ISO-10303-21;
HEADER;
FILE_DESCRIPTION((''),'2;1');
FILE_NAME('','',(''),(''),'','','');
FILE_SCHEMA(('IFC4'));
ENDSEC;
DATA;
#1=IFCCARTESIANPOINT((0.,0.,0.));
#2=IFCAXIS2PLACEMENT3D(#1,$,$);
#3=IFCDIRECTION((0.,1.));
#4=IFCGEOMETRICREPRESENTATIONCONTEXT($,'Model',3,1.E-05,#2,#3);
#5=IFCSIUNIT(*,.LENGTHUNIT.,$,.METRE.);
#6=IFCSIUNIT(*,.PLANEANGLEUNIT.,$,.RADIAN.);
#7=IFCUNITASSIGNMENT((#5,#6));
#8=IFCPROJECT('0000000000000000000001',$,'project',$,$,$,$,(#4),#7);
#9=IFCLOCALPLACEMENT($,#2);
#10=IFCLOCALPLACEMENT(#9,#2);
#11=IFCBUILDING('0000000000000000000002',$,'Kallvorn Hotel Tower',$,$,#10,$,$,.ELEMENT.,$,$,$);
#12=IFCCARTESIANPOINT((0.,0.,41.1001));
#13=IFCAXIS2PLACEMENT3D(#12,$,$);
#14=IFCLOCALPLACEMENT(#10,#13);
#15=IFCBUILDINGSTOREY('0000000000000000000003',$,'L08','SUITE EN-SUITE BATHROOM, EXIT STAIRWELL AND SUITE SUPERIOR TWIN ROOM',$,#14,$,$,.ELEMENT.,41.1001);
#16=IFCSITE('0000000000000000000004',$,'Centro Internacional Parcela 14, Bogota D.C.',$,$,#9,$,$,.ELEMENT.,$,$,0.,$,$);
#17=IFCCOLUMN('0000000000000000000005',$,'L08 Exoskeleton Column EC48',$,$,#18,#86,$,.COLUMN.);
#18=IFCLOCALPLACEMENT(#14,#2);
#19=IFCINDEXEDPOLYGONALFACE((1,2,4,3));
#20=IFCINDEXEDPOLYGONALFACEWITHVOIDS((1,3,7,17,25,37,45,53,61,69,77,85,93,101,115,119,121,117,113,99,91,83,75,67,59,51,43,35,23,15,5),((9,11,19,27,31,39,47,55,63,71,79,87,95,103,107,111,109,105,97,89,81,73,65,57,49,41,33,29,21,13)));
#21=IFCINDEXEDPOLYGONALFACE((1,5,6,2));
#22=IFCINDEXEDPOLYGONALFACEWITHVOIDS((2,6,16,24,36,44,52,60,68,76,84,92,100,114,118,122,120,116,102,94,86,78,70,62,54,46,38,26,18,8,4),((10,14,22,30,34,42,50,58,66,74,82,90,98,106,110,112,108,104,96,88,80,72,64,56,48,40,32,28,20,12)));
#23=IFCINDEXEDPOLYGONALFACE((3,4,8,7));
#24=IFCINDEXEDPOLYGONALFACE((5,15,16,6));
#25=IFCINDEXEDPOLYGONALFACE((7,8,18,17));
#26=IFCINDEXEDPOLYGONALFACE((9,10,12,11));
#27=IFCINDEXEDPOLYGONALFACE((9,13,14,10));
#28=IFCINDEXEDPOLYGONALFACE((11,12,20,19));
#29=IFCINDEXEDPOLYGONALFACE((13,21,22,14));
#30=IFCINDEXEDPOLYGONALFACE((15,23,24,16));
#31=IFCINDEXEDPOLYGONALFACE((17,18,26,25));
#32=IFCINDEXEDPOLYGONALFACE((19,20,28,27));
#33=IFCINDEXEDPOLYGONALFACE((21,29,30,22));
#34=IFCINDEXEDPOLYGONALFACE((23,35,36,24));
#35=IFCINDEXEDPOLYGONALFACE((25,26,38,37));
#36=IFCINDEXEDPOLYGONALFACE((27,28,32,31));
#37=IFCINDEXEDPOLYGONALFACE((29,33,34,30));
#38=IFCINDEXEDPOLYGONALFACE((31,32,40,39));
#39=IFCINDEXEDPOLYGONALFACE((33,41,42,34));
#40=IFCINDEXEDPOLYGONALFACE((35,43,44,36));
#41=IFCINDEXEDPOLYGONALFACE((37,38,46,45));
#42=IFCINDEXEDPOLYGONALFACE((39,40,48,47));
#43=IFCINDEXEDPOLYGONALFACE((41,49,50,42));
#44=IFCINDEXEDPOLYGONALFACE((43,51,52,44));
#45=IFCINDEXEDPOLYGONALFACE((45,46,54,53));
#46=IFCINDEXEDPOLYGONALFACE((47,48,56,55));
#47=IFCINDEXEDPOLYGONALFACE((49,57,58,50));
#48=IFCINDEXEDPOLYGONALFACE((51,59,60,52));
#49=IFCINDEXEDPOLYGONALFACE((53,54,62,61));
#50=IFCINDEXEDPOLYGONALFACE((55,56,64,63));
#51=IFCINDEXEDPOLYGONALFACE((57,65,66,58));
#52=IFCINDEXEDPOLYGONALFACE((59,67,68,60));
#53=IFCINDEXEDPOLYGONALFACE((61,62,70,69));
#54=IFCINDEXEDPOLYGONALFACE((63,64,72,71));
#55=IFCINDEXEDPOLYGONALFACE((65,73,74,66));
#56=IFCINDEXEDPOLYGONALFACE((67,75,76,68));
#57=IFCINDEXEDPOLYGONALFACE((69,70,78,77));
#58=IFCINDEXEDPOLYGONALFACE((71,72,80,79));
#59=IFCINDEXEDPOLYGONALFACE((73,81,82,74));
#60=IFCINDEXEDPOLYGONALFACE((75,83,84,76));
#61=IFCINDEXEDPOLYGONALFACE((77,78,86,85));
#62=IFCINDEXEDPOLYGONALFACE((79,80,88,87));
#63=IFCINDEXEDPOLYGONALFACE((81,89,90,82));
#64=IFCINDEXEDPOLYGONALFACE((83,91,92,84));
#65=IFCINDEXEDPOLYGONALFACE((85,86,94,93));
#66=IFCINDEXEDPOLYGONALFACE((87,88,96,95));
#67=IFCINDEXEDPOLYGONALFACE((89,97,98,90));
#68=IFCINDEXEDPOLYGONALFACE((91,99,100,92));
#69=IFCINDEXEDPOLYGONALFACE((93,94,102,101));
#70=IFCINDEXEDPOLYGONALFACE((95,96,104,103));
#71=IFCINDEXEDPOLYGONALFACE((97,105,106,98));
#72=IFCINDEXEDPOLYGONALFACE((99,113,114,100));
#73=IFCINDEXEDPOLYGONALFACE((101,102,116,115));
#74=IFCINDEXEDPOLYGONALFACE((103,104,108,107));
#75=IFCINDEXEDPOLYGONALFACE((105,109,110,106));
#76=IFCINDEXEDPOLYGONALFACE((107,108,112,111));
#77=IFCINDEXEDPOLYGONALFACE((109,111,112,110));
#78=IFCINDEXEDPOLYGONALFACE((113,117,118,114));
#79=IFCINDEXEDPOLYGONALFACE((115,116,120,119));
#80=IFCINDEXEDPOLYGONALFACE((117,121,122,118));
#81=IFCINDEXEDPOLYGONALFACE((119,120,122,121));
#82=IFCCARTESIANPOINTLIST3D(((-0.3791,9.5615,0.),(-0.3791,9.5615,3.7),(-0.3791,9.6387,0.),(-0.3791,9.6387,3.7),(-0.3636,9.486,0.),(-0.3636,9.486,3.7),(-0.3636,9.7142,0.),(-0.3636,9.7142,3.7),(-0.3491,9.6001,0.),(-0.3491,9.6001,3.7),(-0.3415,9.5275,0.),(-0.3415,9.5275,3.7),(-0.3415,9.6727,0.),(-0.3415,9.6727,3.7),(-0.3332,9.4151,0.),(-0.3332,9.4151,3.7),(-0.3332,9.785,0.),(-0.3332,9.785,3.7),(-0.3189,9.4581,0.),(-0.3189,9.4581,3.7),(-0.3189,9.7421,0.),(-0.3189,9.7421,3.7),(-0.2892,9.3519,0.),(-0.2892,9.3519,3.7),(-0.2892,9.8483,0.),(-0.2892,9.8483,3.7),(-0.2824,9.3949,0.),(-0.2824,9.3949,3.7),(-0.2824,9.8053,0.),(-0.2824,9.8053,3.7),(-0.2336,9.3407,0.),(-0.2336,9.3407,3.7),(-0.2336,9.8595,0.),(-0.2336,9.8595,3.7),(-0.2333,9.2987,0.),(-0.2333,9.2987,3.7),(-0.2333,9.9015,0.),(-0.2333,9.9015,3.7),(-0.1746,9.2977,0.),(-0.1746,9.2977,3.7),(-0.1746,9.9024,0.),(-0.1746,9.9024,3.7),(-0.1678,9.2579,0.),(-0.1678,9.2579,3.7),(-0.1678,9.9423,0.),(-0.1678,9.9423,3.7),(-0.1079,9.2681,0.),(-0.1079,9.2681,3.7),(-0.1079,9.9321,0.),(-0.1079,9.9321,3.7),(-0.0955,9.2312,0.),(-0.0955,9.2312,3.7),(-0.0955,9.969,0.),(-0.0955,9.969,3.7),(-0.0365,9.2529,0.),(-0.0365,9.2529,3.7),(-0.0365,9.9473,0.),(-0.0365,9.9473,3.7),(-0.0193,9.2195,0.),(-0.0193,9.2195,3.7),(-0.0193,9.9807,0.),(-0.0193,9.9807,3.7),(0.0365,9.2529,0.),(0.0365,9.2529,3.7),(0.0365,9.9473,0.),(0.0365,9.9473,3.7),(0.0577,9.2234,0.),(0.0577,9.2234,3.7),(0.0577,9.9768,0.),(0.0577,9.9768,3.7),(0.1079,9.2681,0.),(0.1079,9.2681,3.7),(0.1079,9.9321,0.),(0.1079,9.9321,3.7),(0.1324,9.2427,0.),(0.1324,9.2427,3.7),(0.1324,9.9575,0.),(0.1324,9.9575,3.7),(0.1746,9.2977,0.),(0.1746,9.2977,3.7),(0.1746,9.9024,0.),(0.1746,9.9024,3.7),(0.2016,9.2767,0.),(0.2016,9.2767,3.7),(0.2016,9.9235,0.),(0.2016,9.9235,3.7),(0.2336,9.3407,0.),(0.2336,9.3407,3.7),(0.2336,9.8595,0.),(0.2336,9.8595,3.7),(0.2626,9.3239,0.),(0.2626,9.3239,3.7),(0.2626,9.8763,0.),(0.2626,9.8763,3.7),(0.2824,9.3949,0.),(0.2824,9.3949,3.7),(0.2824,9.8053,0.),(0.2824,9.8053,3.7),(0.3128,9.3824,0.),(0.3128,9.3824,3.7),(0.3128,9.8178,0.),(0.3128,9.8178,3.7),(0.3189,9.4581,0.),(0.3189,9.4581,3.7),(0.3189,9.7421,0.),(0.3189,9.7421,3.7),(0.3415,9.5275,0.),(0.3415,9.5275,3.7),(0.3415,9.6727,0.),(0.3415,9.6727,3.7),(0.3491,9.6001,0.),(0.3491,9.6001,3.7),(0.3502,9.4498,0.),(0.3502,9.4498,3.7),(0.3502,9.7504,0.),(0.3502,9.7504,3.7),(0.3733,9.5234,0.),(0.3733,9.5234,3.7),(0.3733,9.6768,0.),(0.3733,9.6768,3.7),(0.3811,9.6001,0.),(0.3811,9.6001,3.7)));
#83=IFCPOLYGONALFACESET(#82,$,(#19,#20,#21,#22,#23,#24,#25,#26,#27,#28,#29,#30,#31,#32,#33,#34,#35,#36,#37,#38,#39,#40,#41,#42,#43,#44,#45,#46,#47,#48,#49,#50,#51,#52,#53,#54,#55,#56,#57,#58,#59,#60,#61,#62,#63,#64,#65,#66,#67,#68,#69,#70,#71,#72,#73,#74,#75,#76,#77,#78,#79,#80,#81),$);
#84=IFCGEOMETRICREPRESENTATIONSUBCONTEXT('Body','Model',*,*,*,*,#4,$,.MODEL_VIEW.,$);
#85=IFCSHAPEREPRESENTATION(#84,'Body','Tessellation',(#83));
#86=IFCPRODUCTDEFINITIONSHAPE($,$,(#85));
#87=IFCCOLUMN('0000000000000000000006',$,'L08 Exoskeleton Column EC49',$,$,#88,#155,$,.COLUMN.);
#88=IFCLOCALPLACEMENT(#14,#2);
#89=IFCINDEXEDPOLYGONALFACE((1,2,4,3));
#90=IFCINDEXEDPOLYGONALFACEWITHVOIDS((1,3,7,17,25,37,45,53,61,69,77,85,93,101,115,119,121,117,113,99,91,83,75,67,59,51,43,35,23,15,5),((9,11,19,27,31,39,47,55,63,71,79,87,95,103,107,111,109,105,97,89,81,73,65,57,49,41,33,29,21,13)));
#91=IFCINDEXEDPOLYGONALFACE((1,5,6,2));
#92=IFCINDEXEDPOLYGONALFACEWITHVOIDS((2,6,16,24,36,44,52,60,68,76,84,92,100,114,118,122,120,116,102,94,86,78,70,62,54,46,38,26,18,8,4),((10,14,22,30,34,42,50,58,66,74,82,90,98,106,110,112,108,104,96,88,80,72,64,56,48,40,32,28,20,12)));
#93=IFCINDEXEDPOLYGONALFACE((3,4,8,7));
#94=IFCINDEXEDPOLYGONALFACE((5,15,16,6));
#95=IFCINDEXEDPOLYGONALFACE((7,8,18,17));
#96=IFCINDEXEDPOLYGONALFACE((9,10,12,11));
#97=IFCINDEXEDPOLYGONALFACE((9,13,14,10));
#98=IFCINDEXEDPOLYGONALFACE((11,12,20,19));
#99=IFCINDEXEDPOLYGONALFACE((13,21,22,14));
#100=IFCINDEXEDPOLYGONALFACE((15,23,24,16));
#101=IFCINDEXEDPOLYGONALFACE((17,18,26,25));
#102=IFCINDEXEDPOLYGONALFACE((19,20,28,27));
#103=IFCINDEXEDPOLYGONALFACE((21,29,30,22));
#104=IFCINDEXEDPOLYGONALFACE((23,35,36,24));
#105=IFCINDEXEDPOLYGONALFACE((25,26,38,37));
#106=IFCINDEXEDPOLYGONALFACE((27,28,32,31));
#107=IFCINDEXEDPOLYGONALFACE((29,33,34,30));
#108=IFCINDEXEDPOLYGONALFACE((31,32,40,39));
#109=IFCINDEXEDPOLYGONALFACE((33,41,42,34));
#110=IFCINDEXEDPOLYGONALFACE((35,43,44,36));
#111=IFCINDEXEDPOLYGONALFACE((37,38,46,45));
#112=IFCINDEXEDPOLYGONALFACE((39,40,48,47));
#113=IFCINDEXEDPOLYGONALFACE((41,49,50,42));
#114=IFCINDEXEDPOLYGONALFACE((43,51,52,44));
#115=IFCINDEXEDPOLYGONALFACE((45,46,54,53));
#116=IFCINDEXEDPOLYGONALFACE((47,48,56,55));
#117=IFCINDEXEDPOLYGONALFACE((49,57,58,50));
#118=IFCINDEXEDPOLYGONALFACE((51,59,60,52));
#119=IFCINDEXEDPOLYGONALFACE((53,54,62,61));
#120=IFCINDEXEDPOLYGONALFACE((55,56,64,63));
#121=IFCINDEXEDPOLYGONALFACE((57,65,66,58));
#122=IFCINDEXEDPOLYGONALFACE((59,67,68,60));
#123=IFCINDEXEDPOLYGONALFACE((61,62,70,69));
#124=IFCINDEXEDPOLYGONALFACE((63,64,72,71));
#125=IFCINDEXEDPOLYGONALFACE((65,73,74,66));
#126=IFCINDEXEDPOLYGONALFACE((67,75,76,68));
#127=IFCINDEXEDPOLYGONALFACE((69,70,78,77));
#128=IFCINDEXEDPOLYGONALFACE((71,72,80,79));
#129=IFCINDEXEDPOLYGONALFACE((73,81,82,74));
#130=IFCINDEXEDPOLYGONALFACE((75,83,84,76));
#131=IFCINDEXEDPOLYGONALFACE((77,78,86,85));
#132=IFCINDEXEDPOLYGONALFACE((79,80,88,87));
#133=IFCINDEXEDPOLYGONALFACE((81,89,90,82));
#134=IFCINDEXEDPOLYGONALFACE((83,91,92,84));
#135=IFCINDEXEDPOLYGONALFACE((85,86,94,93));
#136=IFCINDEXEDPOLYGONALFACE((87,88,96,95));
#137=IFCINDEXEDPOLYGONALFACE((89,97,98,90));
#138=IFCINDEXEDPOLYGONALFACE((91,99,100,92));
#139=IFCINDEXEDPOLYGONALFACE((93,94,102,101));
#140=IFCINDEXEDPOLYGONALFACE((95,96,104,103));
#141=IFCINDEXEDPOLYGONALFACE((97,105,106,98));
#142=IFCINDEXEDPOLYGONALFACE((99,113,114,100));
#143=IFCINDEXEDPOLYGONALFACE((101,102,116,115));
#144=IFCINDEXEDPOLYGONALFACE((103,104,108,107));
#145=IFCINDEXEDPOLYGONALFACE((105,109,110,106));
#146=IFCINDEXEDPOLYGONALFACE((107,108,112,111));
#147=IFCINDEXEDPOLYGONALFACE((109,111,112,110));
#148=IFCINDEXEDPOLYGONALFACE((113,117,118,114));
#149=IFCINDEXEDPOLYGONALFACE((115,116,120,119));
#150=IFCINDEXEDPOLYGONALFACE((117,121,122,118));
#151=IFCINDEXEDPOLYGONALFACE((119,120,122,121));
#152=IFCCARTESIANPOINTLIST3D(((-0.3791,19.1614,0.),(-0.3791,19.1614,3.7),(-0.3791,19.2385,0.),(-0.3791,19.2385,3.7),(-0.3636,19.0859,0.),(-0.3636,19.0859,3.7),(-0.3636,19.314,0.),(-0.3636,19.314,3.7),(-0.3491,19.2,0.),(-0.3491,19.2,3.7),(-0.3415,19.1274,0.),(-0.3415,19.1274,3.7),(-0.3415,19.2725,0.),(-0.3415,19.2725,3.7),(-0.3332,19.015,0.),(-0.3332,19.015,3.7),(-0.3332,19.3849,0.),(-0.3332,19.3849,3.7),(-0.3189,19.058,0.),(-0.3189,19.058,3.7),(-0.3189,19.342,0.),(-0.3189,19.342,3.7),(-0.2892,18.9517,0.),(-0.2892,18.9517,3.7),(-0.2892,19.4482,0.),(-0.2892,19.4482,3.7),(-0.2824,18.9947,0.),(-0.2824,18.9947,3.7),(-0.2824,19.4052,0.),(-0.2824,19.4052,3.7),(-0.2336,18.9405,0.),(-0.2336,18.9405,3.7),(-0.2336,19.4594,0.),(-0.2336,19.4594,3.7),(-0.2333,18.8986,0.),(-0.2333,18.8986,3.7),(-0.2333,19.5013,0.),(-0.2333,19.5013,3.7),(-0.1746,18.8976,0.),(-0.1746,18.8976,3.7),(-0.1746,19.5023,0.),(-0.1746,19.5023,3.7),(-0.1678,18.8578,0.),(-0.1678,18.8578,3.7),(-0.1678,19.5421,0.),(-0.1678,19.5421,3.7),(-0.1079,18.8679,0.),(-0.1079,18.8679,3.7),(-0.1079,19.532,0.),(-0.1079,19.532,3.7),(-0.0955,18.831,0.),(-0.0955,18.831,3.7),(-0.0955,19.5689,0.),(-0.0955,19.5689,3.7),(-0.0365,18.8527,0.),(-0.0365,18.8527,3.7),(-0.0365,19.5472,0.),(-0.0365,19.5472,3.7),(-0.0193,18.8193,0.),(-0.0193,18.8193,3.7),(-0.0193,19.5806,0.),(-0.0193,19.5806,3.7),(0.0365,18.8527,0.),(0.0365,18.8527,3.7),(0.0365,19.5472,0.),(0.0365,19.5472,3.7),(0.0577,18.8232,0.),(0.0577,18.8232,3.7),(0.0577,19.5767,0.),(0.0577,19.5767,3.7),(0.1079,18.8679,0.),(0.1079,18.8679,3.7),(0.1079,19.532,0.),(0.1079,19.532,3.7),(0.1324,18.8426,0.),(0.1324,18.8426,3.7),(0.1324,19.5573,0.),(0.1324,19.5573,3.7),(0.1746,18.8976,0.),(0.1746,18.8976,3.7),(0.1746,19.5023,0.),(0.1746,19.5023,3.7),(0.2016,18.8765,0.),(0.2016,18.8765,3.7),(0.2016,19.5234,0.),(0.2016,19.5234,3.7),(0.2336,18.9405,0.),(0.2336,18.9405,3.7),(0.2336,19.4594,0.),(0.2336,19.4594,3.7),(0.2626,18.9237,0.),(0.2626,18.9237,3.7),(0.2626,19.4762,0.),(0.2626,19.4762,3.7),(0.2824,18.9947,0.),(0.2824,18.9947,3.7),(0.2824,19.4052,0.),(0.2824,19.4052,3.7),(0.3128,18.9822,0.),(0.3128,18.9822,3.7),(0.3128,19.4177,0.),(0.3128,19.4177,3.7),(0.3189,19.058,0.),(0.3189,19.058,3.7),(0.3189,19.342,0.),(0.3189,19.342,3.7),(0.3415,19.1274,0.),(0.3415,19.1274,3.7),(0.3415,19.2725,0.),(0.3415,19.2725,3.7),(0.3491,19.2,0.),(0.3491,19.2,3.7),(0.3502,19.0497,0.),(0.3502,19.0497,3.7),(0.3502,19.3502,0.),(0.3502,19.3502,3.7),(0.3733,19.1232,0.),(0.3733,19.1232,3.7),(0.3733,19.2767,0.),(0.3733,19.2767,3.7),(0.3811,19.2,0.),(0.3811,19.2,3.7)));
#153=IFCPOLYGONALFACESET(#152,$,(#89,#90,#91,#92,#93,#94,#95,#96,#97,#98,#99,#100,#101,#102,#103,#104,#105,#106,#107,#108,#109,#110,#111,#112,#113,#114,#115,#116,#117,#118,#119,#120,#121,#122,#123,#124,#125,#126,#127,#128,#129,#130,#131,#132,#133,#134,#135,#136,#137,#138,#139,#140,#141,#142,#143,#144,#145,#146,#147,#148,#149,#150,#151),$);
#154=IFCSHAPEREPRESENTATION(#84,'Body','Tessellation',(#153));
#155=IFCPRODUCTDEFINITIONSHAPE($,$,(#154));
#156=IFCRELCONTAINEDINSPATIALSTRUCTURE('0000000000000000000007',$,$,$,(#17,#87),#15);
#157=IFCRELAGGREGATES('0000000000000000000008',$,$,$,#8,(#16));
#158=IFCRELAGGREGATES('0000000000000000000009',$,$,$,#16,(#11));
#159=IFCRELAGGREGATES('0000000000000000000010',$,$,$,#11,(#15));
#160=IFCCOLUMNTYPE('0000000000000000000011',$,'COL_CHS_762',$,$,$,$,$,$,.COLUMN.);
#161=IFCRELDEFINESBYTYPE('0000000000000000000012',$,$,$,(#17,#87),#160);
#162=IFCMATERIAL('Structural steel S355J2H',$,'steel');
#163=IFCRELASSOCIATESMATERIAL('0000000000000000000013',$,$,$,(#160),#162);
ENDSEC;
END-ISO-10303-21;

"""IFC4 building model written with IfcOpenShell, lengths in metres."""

from ifc_helpers import new_model, si_unit, direction, frame, origin, origin_2d, place, context, subcontext, project, spatial, hollow_circle, extrude, material, material_profile, profile_set, type_object, element, save


model = new_model("IFC4")

# Units and contexts
model_context = context("Model", 3, precision=1e-05, world=origin(), true_north=direction((0.0, 1.0)))
body_context = subcontext(model_context, "Body", "Model", "MODEL_VIEW")
ifc_project = project(units=[si_unit("LENGTHUNIT", "METRE"), si_unit("PLANEANGLEUNIT", "RADIAN")], contexts=[model_context])

# Site, building, storey
site_placement = place(None, origin())
site = spatial("IfcSite", under=ifc_project, at=site_placement, Name="Centro Internacional Parcela 14, Bogota D.C.", CompositionType="ELEMENT", RefElevation=0.0)
building_placement = place(site_placement, origin())
building = spatial("IfcBuilding", under=site, at=building_placement, Name="Kallvorn Hotel Tower", CompositionType="ELEMENT")
storey_placement = place(building_placement, frame((0.0, 0.0, 41.1001)))
storey = spatial("IfcBuildingStorey", under=building, at=storey_placement, Name="L08", Description="SUITE EN-SUITE BATHROOM, EXIT STAIRWELL AND SUITE SUPERIOR TWIN ROOM", CompositionType="ELEMENT", Elevation=41.1001)

# Columns
ifc_material_1 = material(Name="Structural steel S355J2H", Category="steel")
ifc_material_profile_1 = material_profile(ifc_material_1, hollow_circle(Radius=0.3811, WallThickness=0.032, at=origin_2d()), Name="CHS 762x32")
ifc_profile_set_1 = profile_set([ifc_material_profile_1], Name="Structural steel S355J2H")
column_type_1 = type_object("IfcColumnType", Name="COL_CHS_762", PredefinedType="COLUMN", material=ifc_profile_set_1)
for number, where, z_axis, x_axis, name in (
    (1, (0.0, 9.6001, 0.0), (0.0, 0.0, 1.0), (1.0, 0.0, 0.0), "L08 Exoskeleton Column EC48"),
    (2, (0.0, 19.2, 0.0), (0.0, 0.0, 1.0), (1.0, 0.0, 0.0), "L08 Exoskeleton Column EC49"),
):
    element("IfcColumn", number, at=place(storey_placement, frame(where, z_axis=z_axis, x_axis=x_axis)), inside=storey, type_object=column_type_1, Name=name, PredefinedType="COLUMN", context=body_context, shape_type="SweptSolid", body=[
        extrude(hollow_circle(Radius=0.3811, WallThickness=0.032, at=origin_2d()), origin(), (0.0, 0.0, 1.0), 3.7),
    ])

save(model, "model.ifc")
